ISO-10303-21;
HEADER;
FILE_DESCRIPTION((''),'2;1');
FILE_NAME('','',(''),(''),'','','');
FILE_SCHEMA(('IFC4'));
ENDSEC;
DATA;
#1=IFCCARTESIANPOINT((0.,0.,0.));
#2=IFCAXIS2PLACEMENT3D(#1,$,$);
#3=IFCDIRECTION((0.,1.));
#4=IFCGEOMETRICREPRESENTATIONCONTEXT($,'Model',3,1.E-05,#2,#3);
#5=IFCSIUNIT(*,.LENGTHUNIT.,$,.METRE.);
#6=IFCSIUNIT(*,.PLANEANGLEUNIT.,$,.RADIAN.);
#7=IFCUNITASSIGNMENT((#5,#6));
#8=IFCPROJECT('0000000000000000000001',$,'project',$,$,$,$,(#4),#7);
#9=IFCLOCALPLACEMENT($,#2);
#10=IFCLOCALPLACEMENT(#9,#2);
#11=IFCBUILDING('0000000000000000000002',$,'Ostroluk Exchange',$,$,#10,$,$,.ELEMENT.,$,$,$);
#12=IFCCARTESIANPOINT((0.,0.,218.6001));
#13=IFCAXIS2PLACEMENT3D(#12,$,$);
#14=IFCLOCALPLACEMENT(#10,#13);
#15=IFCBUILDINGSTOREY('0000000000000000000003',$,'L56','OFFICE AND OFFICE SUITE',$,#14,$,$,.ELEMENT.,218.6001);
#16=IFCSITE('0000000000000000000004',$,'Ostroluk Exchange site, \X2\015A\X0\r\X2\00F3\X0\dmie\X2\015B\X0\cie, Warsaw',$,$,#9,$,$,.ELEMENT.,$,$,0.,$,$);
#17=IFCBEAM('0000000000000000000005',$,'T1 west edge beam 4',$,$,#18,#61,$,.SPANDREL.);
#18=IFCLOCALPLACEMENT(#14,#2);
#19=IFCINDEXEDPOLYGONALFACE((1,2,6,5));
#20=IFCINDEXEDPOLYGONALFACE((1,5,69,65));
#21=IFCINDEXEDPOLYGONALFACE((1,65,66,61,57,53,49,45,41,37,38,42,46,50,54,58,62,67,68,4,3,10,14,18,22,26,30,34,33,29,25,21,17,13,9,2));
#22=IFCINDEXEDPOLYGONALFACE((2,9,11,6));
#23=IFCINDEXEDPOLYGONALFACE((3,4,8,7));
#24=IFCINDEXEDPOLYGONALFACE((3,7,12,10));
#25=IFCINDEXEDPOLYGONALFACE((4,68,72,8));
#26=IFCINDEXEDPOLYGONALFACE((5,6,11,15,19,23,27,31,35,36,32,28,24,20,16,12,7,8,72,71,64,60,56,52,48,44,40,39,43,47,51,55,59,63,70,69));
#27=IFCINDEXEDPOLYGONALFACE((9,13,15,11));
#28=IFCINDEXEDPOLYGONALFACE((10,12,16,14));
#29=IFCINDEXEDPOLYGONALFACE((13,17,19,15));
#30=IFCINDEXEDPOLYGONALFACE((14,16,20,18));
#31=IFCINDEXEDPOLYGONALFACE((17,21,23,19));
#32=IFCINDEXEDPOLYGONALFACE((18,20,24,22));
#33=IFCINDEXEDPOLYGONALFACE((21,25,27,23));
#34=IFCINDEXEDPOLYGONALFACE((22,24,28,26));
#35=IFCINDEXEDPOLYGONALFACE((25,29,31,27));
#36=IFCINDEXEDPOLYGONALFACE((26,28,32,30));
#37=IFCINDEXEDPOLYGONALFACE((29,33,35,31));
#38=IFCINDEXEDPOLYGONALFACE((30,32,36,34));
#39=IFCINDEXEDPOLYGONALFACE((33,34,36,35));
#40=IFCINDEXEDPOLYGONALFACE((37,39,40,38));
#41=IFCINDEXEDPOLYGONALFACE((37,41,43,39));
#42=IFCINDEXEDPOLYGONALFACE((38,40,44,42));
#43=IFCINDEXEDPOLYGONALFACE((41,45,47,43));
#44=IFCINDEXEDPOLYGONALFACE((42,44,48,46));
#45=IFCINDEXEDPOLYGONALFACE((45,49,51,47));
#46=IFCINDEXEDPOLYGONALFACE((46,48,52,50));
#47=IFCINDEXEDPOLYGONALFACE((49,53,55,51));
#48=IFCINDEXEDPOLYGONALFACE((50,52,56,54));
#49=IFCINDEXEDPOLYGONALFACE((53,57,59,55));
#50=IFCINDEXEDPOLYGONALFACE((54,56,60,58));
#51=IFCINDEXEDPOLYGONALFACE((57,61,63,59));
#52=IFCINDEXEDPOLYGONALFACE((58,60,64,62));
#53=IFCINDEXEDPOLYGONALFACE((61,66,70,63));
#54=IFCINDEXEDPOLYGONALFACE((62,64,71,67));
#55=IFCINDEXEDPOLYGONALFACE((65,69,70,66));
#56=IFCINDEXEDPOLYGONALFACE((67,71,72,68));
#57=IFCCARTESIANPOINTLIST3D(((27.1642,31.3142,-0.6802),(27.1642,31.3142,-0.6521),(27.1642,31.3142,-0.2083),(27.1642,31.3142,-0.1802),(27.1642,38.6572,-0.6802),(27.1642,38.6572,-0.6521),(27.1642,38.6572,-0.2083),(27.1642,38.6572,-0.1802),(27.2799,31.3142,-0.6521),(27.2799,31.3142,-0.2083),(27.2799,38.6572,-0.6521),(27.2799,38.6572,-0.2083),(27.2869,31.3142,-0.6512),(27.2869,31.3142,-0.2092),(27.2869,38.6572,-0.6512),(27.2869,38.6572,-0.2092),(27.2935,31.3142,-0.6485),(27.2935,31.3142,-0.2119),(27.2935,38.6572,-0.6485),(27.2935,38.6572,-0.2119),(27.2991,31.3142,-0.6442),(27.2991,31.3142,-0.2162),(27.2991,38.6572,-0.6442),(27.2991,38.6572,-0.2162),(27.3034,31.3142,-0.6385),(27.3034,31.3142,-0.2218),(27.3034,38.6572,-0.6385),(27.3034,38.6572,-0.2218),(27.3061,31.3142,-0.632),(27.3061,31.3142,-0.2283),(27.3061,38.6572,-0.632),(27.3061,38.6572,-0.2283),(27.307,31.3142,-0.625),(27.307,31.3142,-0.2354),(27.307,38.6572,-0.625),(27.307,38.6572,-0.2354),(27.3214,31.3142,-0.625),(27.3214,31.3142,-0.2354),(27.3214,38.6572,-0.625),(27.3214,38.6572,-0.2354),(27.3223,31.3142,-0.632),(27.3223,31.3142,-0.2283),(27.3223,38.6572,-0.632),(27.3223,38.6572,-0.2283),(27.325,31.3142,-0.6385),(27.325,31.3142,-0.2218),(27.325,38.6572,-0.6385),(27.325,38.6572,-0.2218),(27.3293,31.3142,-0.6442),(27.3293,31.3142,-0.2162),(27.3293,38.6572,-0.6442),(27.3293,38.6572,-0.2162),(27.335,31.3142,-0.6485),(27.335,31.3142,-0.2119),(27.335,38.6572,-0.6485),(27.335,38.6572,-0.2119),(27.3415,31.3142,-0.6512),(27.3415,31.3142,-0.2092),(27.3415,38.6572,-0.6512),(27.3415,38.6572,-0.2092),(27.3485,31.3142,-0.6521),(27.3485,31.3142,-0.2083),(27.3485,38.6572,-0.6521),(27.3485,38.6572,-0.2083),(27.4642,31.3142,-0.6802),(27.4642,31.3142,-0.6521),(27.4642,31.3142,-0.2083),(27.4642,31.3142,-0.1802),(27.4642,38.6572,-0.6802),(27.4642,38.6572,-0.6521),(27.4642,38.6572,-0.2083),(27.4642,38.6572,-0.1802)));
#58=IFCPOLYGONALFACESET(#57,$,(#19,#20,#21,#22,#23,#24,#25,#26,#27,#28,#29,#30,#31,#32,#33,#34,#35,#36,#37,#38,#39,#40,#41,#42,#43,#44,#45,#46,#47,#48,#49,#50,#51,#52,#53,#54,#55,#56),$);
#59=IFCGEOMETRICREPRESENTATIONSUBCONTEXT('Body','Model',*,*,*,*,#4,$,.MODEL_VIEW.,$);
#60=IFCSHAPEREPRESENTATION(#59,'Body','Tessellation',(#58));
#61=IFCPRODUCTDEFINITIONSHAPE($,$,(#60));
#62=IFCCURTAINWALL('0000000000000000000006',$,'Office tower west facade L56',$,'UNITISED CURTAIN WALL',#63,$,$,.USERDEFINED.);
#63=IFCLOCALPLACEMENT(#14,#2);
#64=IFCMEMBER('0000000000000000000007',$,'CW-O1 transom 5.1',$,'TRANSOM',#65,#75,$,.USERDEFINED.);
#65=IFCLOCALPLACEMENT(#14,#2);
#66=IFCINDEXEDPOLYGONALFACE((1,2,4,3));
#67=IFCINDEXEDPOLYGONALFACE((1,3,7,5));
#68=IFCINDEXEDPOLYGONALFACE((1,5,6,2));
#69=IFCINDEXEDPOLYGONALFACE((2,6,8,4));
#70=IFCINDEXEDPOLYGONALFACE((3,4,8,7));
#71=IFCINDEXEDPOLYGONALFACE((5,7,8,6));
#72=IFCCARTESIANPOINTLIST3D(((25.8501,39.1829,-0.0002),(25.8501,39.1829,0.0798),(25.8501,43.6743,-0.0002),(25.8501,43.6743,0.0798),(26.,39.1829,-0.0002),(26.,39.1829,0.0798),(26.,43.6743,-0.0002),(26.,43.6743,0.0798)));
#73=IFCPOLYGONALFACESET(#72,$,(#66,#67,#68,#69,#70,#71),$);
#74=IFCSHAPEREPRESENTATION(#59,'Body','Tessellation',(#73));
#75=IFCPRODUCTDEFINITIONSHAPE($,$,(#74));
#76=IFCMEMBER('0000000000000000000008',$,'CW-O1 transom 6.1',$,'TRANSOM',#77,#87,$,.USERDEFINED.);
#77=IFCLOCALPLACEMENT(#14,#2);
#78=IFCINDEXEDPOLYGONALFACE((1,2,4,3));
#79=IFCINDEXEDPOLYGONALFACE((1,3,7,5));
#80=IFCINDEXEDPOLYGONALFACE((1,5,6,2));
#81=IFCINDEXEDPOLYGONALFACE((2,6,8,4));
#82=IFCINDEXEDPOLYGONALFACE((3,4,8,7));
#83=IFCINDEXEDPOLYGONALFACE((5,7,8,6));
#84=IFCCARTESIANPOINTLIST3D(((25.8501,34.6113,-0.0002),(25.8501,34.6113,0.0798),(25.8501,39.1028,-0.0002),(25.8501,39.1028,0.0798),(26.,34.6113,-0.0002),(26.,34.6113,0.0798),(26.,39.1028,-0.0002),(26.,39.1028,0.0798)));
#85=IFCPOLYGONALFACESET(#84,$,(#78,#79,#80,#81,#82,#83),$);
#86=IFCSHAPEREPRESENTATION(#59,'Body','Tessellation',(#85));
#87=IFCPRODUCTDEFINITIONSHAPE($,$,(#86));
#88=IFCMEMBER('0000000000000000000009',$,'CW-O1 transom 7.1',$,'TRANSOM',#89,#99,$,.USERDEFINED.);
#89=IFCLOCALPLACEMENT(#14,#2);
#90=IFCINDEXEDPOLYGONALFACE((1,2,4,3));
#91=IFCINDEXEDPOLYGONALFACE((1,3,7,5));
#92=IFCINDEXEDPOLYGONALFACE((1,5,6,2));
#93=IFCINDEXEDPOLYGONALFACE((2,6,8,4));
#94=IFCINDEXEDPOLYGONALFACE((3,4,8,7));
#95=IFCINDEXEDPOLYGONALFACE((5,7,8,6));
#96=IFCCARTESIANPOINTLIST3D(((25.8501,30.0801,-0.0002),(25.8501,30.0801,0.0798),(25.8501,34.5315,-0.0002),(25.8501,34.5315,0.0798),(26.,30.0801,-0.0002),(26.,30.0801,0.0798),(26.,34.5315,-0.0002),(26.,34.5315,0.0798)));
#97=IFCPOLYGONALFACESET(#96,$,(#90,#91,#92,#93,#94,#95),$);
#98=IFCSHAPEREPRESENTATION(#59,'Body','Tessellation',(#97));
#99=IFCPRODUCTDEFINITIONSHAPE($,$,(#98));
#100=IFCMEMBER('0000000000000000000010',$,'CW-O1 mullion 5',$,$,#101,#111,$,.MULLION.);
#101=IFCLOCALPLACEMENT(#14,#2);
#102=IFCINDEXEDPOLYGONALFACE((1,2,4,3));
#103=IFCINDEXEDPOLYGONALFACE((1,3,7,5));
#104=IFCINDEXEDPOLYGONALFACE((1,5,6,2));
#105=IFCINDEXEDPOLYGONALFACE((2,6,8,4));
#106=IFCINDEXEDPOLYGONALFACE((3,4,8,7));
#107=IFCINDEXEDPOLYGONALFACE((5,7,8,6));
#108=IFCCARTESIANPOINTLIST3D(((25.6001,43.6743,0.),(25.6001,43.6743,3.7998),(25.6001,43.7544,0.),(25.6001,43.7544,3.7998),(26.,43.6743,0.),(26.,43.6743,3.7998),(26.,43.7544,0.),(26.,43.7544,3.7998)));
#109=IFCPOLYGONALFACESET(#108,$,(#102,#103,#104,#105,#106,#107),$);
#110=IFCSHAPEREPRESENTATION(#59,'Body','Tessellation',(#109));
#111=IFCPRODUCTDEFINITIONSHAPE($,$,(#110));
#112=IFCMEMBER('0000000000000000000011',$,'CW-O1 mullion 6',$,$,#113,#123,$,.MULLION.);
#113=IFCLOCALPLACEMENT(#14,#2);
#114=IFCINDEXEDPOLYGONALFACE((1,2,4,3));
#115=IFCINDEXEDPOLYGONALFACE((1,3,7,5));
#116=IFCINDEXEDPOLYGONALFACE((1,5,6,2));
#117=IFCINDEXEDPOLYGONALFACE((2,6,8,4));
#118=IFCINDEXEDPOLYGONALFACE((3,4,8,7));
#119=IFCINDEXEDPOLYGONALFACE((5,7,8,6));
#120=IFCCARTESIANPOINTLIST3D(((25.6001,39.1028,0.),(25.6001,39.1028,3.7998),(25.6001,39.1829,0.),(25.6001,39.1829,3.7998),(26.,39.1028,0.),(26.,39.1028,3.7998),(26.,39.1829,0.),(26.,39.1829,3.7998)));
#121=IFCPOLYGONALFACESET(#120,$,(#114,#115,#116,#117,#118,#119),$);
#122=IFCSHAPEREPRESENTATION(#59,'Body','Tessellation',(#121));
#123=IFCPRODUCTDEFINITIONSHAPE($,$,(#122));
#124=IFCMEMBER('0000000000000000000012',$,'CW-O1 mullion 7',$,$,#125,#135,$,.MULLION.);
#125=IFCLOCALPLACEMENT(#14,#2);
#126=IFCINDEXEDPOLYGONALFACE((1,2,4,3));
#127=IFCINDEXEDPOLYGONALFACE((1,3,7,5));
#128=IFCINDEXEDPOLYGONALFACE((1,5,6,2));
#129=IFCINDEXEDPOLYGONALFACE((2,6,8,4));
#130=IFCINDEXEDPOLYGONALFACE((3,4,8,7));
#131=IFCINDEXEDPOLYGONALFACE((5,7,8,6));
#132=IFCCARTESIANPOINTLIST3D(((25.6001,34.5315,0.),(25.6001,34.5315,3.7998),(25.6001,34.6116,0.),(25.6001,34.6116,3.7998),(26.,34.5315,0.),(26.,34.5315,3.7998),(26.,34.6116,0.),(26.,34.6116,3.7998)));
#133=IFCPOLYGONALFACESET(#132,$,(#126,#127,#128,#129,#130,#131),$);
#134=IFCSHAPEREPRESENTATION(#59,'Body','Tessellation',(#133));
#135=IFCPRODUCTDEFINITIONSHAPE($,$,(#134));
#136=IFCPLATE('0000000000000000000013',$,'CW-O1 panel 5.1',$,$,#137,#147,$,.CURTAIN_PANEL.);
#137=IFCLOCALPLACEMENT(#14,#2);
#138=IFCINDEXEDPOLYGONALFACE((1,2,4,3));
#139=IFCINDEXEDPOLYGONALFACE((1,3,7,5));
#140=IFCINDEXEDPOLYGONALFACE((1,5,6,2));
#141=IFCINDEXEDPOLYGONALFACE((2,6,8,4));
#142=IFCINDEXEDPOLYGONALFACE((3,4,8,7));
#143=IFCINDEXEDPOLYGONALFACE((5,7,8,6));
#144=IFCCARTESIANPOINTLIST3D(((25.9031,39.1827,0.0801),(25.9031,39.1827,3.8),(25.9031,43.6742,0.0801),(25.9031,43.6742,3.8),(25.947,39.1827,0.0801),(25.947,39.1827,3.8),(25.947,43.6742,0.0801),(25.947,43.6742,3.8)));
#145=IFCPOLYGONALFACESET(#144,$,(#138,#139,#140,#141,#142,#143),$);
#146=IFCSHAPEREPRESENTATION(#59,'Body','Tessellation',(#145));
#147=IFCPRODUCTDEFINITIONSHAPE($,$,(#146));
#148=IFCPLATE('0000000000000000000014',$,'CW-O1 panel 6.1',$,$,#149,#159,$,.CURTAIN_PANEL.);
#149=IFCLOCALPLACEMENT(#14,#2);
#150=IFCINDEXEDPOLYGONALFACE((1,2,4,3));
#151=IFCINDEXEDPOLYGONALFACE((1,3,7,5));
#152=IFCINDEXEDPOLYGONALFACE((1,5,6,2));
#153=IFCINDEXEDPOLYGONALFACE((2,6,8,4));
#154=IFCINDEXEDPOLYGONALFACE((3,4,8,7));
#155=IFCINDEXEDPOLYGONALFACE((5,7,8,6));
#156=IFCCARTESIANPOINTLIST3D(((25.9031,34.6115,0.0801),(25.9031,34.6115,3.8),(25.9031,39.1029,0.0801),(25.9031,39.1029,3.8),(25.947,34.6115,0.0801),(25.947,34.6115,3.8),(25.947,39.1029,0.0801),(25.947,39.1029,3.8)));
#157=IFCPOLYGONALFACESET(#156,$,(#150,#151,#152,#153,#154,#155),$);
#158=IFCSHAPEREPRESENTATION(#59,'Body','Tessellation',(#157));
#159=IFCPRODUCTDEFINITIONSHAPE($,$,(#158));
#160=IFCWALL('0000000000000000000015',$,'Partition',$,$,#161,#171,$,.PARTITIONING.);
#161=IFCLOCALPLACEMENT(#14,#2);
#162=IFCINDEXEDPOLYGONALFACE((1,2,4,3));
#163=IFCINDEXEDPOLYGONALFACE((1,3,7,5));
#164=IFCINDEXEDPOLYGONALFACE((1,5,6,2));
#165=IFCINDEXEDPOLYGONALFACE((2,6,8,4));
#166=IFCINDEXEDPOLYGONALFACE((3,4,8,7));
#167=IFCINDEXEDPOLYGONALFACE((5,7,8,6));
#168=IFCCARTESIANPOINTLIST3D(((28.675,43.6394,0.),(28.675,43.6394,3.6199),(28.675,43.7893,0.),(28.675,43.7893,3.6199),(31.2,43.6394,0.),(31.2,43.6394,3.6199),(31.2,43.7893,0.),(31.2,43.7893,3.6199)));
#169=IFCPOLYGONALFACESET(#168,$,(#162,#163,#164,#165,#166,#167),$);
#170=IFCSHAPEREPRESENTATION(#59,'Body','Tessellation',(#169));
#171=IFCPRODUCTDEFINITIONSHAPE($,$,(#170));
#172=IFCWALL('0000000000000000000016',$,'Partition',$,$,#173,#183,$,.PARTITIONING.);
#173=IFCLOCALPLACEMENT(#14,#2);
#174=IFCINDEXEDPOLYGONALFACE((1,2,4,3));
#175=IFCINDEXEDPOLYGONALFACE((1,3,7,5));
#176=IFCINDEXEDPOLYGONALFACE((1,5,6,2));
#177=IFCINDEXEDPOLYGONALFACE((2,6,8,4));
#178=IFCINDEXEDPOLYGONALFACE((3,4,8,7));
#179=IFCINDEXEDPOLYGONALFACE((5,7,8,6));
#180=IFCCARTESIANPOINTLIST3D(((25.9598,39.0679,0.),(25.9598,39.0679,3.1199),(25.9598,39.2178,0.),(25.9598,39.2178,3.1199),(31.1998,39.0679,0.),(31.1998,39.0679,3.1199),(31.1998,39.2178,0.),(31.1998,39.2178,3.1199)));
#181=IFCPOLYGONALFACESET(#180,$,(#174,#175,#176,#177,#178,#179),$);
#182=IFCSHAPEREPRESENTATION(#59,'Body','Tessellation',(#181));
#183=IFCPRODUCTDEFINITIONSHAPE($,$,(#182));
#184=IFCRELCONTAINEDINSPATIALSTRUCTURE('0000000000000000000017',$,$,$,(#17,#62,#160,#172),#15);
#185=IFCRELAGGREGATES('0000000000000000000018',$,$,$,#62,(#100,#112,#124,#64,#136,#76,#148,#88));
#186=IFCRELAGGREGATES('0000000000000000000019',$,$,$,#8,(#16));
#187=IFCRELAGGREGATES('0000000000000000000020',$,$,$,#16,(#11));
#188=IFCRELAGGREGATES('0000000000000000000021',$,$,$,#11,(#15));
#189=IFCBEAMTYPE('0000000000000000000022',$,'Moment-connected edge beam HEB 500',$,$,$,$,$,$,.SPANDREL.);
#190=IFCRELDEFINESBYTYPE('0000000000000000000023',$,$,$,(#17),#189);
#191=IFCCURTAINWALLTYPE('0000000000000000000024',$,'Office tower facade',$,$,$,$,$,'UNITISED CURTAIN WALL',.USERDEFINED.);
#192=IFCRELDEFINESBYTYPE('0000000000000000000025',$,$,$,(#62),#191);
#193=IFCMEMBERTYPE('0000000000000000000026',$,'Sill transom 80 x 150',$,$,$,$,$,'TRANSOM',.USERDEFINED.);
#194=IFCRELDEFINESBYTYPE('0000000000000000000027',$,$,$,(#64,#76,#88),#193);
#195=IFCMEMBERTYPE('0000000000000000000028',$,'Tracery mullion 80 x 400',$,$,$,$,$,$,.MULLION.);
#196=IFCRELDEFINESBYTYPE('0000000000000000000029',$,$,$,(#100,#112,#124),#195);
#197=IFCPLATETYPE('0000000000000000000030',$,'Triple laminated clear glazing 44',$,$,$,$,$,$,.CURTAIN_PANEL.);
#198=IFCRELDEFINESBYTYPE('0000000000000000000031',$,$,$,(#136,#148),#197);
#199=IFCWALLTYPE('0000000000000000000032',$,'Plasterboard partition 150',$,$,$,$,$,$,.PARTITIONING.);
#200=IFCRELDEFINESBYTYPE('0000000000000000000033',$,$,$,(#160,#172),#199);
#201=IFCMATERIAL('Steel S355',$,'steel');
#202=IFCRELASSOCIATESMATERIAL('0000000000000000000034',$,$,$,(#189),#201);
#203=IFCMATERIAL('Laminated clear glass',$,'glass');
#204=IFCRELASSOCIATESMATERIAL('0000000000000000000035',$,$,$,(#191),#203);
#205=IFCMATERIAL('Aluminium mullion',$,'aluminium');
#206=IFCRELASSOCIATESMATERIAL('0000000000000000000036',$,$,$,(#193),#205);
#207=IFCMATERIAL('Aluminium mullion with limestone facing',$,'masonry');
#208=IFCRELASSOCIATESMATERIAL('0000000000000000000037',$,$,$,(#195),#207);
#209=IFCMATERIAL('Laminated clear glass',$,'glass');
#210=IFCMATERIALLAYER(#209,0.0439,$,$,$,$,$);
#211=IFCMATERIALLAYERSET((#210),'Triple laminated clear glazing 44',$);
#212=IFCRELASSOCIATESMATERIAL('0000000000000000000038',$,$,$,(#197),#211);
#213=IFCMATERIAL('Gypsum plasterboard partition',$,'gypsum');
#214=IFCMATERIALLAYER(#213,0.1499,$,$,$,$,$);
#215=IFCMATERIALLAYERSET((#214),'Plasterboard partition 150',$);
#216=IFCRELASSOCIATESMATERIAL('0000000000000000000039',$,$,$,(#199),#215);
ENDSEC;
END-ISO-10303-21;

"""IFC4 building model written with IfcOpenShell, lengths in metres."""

from ifc_helpers import new_model, si_unit, direction, frame, frame_2d, origin, origin_2d, place, context, subcontext, project, spatial, rectangle, i_section, extrude, material, layer, layer_set, material_profile, profile_set, type_object, element, aggregate, save


model = new_model("IFC4")

# Units and contexts
model_context = context("Model", 3, precision=1e-05, world=origin(), true_north=direction((0.0, 1.0)))
body_context = subcontext(model_context, "Body", "Model", "MODEL_VIEW")
ifc_project = project(units=[si_unit("LENGTHUNIT", "METRE"), si_unit("PLANEANGLEUNIT", "RADIAN")], contexts=[model_context])

# Site, building, storey
site_placement = place(None, origin())
site = spatial("IfcSite", under=ifc_project, at=site_placement, Name="Ostroluk Exchange site, Śródmieście, Warsaw", CompositionType="ELEMENT", RefElevation=0.0)
building_placement = place(site_placement, origin())
building = spatial("IfcBuilding", under=site, at=building_placement, Name="Ostroluk Exchange", CompositionType="ELEMENT")
storey_placement = place(building_placement, frame((0.0, 0.0, 218.6001)))
storey = spatial("IfcBuildingStorey", under=building, at=storey_placement, Name="L56", Description="OFFICE AND OFFICE SUITE", CompositionType="ELEMENT", Elevation=218.6001)

# Beam
ifc_material_1 = material(Name="Steel S355", Category="steel")
ifc_material_profile_1 = material_profile(ifc_material_1, i_section(OverallWidth=0.3, OverallDepth=0.5, WebThickness=0.0144, FlangeThickness=0.0281, FilletRadius=0.0271, at=origin_2d()), Name="HEB 500")
ifc_profile_set_1 = profile_set([ifc_material_profile_1], Name="Steel S355")
beam_type_1 = type_object("IfcBeamType", Name="Moment-connected edge beam HEB 500", PredefinedType="SPANDREL", material=ifc_profile_set_1)
beam_1_placement = place(storey_placement, frame((27.3142, 38.6572, -0.4302), z_axis=(0.0, -1.0, 0.0), x_axis=(1.0, 0.0, 0.0)))
element("IfcBeam", 1, at=beam_1_placement, inside=storey, type_object=beam_type_1, Name="T1 west edge beam 4", PredefinedType="SPANDREL", context=body_context, shape_type="SweptSolid", body=[
    extrude(i_section(OverallWidth=0.3, OverallDepth=0.5, WebThickness=0.0144, FlangeThickness=0.0281, FilletRadius=0.0271, at=origin_2d()), origin(), (0.0, 0.0, 1.0), 7.343),
])

# Curtain wall, members, plates
ifc_material_2 = material(Name="Laminated clear glass", Category="glass")
curtain_wall_type = type_object("IfcCurtainWallType", Name="Office tower facade", ElementType="UNITISED CURTAIN WALL", PredefinedType="USERDEFINED", material=ifc_material_2)
curtain_wall_placement = place(storey_placement, origin())
curtain_wall = element("IfcCurtainWall", 2, at=curtain_wall_placement, inside=storey, type_object=curtain_wall_type, Name="Office tower west facade L56", ObjectType="UNITISED CURTAIN WALL", PredefinedType="USERDEFINED")
ifc_material_3 = material(Name="Aluminium mullion", Category="aluminium")
ifc_material_profile_2 = material_profile(ifc_material_3, rectangle(XDim=0.1499, YDim=0.0801, at=origin_2d()), Name="Sill transom 80 x 150")
ifc_profile_set_2 = profile_set([ifc_material_profile_2], Name="Aluminium mullion")
member_type_1 = type_object("IfcMemberType", Name="Sill transom 80 x 150", ElementType="TRANSOM", PredefinedType="USERDEFINED", material=ifc_profile_set_2)
member_1_placement = place(storey_placement, frame((25.925, 43.6743, 0.0398), z_axis=(0.0, -1.0, 0.0), x_axis=(1.0, 0.0, 0.0)))
member_1 = element("IfcMember", 3, at=member_1_placement, type_object=member_type_1, Name="CW-O1 transom 5.1", ObjectType="TRANSOM", PredefinedType="USERDEFINED", context=body_context, shape_type="SweptSolid", body=[
    extrude(rectangle(XDim=0.1499, YDim=0.0801, at=origin_2d()), origin(), (0.0, 0.0, 1.0), 4.4915),
])
member_2_placement = place(storey_placement, frame((25.925, 39.1028, 0.0398), z_axis=(0.0, -1.0, 0.0), x_axis=(1.0, 0.0, 0.0)))
member_2 = element("IfcMember", 4, at=member_2_placement, type_object=member_type_1, Name="CW-O1 transom 6.1", ObjectType="TRANSOM", PredefinedType="USERDEFINED", context=body_context, shape_type="SweptSolid", body=[
    extrude(rectangle(XDim=0.1499, YDim=0.0801, at=origin_2d()), origin(), (0.0, 0.0, 1.0), 4.4915),
])
member_3_placement = place(storey_placement, frame((25.925, 34.5315, 0.0398), z_axis=(0.0, -1.0, 0.0), x_axis=(1.0, 0.0, 0.0)))
member_3 = element("IfcMember", 5, at=member_3_placement, type_object=member_type_1, Name="CW-O1 transom 7.1", ObjectType="TRANSOM", PredefinedType="USERDEFINED", context=body_context, shape_type="SweptSolid", body=[
    extrude(rectangle(XDim=0.1499, YDim=0.0801, at=origin_2d()), origin(), (0.0, 0.0, 1.0), 4.4514),
])
ifc_material_4 = material(Name="Aluminium mullion with limestone facing", Category="masonry")
ifc_material_profile_3 = material_profile(ifc_material_4, rectangle(XDim=0.3999, YDim=0.0801, at=origin_2d()), Name="Tracery mullion 80 x 400")
ifc_profile_set_3 = profile_set([ifc_material_profile_3], Name="Aluminium mullion with limestone facing")
member_type_2 = type_object("IfcMemberType", Name="Tracery mullion 80 x 400", PredefinedType="MULLION", material=ifc_profile_set_3)
member_4_placement = place(storey_placement, frame((25.8, 43.7144, 0.0), z_axis=(0.0, 0.0, 1.0), x_axis=(1.0, 0.0, 0.0)))
member_4 = element("IfcMember", 6, at=member_4_placement, type_object=member_type_2, Name="CW-O1 mullion 5", PredefinedType="MULLION", context=body_context, shape_type="SweptSolid", body=[
    extrude(rectangle(XDim=0.3999, YDim=0.0801, at=origin_2d()), origin(), (0.0, 0.0, 1.0), 3.7998),
])
member_5_placement = place(storey_placement, frame((25.8, 39.1428, 0.0), z_axis=(0.0, 0.0, 1.0), x_axis=(1.0, 0.0, 0.0)))
member_5 = element("IfcMember", 7, at=member_5_placement, type_object=member_type_2, Name="CW-O1 mullion 6", PredefinedType="MULLION", context=body_context, shape_type="SweptSolid", body=[
    extrude(rectangle(XDim=0.3999, YDim=0.0801, at=origin_2d()), origin(), (0.0, 0.0, 1.0), 3.7998),
])
member_6_placement = place(storey_placement, frame((25.8, 34.5715, 0.0), z_axis=(0.0, 0.0, 1.0), x_axis=(1.0, 0.0, 0.0)))
member_6 = element("IfcMember", 8, at=member_6_placement, type_object=member_type_2, Name="CW-O1 mullion 7", PredefinedType="MULLION", context=body_context, shape_type="SweptSolid", body=[
    extrude(rectangle(XDim=0.3999, YDim=0.0801, at=origin_2d()), origin(), (0.0, 0.0, 1.0), 3.7998),
])
ifc_material_5 = material(Name="Laminated clear glass", Category="glass")
ifc_layer_1 = layer(ifc_material_5, 0.0439)
ifc_layer_set_1 = layer_set([ifc_layer_1], Name="Triple laminated clear glazing 44")
plate_type = type_object("IfcPlateType", Name="Triple laminated clear glazing 44", PredefinedType="CURTAIN_PANEL", material=ifc_layer_set_1)
plate_1_placement = place(storey_placement, frame((25.925, 41.4285, 0.0801), z_axis=(0.0, 0.0, 1.0), x_axis=(0.0, -1.0, 0.0)))
plate_1 = element("IfcPlate", 9, at=plate_1_placement, type_object=plate_type, Name="CW-O1 panel 5.1", PredefinedType="CURTAIN_PANEL", context=body_context, shape_type="SweptSolid", body=[
    extrude(rectangle(XDim=4.4915, YDim=0.0439, at=origin_2d()), origin(), (0.0, 0.0, 1.0), 3.72),
])
plate_2_placement = place(storey_placement, frame((25.925, 36.8572, 0.0801), z_axis=(0.0, 0.0, 1.0), x_axis=(0.0, -1.0, 0.0)))
plate_2 = element("IfcPlate", 10, at=plate_2_placement, type_object=plate_type, Name="CW-O1 panel 6.1", PredefinedType="CURTAIN_PANEL", context=body_context, shape_type="SweptSolid", body=[
    extrude(rectangle(XDim=4.4915, YDim=0.0439, at=origin_2d()), origin(), (0.0, 0.0, 1.0), 3.72),
])
aggregate(curtain_wall, [member_4, member_5, member_6, member_1, plate_1, member_2, plate_2, member_3])

# Walls
ifc_material_6 = material(Name="Gypsum plasterboard partition", Category="gypsum")
ifc_layer_2 = layer(ifc_material_6, 0.1499)
ifc_layer_set_2 = layer_set([ifc_layer_2], Name="Plasterboard partition 150")
wall_type_1 = type_object("IfcWallType", Name="Plasterboard partition 150", PredefinedType="PARTITIONING", material=ifc_layer_set_2)
wall_1_placement = place(storey_placement, frame((31.2, 43.7144, 0.0), z_axis=(0.0, 0.0, 1.0), x_axis=(-1.0, 0.0, 0.0)))
element("IfcWall", 11, at=wall_1_placement, inside=storey, type_object=wall_type_1, Name="Partition", PredefinedType="PARTITIONING", context=body_context, shape_type="SweptSolid", body=[
    extrude(rectangle(XDim=2.5249, YDim=0.1499, at=frame_2d((1.2625, 0.0))), origin(), (0.0, 0.0, 1.0), 3.6199),
])
wall_2_placement = place(storey_placement, frame((31.2, 39.1428, 0.0), z_axis=(0.0, 0.0, 1.0), x_axis=(-1.0, 0.0, 0.0)))
element("IfcWall", 12, at=wall_2_placement, inside=storey, type_object=wall_type_1, Name="Partition", PredefinedType="PARTITIONING", context=body_context, shape_type="SweptSolid", body=[
    extrude(rectangle(XDim=5.24, YDim=0.1499, at=frame_2d((2.6201, 0.0))), origin(), (0.0, 0.0, 1.0), 3.1199),
])

save(model, "model.ifc")
